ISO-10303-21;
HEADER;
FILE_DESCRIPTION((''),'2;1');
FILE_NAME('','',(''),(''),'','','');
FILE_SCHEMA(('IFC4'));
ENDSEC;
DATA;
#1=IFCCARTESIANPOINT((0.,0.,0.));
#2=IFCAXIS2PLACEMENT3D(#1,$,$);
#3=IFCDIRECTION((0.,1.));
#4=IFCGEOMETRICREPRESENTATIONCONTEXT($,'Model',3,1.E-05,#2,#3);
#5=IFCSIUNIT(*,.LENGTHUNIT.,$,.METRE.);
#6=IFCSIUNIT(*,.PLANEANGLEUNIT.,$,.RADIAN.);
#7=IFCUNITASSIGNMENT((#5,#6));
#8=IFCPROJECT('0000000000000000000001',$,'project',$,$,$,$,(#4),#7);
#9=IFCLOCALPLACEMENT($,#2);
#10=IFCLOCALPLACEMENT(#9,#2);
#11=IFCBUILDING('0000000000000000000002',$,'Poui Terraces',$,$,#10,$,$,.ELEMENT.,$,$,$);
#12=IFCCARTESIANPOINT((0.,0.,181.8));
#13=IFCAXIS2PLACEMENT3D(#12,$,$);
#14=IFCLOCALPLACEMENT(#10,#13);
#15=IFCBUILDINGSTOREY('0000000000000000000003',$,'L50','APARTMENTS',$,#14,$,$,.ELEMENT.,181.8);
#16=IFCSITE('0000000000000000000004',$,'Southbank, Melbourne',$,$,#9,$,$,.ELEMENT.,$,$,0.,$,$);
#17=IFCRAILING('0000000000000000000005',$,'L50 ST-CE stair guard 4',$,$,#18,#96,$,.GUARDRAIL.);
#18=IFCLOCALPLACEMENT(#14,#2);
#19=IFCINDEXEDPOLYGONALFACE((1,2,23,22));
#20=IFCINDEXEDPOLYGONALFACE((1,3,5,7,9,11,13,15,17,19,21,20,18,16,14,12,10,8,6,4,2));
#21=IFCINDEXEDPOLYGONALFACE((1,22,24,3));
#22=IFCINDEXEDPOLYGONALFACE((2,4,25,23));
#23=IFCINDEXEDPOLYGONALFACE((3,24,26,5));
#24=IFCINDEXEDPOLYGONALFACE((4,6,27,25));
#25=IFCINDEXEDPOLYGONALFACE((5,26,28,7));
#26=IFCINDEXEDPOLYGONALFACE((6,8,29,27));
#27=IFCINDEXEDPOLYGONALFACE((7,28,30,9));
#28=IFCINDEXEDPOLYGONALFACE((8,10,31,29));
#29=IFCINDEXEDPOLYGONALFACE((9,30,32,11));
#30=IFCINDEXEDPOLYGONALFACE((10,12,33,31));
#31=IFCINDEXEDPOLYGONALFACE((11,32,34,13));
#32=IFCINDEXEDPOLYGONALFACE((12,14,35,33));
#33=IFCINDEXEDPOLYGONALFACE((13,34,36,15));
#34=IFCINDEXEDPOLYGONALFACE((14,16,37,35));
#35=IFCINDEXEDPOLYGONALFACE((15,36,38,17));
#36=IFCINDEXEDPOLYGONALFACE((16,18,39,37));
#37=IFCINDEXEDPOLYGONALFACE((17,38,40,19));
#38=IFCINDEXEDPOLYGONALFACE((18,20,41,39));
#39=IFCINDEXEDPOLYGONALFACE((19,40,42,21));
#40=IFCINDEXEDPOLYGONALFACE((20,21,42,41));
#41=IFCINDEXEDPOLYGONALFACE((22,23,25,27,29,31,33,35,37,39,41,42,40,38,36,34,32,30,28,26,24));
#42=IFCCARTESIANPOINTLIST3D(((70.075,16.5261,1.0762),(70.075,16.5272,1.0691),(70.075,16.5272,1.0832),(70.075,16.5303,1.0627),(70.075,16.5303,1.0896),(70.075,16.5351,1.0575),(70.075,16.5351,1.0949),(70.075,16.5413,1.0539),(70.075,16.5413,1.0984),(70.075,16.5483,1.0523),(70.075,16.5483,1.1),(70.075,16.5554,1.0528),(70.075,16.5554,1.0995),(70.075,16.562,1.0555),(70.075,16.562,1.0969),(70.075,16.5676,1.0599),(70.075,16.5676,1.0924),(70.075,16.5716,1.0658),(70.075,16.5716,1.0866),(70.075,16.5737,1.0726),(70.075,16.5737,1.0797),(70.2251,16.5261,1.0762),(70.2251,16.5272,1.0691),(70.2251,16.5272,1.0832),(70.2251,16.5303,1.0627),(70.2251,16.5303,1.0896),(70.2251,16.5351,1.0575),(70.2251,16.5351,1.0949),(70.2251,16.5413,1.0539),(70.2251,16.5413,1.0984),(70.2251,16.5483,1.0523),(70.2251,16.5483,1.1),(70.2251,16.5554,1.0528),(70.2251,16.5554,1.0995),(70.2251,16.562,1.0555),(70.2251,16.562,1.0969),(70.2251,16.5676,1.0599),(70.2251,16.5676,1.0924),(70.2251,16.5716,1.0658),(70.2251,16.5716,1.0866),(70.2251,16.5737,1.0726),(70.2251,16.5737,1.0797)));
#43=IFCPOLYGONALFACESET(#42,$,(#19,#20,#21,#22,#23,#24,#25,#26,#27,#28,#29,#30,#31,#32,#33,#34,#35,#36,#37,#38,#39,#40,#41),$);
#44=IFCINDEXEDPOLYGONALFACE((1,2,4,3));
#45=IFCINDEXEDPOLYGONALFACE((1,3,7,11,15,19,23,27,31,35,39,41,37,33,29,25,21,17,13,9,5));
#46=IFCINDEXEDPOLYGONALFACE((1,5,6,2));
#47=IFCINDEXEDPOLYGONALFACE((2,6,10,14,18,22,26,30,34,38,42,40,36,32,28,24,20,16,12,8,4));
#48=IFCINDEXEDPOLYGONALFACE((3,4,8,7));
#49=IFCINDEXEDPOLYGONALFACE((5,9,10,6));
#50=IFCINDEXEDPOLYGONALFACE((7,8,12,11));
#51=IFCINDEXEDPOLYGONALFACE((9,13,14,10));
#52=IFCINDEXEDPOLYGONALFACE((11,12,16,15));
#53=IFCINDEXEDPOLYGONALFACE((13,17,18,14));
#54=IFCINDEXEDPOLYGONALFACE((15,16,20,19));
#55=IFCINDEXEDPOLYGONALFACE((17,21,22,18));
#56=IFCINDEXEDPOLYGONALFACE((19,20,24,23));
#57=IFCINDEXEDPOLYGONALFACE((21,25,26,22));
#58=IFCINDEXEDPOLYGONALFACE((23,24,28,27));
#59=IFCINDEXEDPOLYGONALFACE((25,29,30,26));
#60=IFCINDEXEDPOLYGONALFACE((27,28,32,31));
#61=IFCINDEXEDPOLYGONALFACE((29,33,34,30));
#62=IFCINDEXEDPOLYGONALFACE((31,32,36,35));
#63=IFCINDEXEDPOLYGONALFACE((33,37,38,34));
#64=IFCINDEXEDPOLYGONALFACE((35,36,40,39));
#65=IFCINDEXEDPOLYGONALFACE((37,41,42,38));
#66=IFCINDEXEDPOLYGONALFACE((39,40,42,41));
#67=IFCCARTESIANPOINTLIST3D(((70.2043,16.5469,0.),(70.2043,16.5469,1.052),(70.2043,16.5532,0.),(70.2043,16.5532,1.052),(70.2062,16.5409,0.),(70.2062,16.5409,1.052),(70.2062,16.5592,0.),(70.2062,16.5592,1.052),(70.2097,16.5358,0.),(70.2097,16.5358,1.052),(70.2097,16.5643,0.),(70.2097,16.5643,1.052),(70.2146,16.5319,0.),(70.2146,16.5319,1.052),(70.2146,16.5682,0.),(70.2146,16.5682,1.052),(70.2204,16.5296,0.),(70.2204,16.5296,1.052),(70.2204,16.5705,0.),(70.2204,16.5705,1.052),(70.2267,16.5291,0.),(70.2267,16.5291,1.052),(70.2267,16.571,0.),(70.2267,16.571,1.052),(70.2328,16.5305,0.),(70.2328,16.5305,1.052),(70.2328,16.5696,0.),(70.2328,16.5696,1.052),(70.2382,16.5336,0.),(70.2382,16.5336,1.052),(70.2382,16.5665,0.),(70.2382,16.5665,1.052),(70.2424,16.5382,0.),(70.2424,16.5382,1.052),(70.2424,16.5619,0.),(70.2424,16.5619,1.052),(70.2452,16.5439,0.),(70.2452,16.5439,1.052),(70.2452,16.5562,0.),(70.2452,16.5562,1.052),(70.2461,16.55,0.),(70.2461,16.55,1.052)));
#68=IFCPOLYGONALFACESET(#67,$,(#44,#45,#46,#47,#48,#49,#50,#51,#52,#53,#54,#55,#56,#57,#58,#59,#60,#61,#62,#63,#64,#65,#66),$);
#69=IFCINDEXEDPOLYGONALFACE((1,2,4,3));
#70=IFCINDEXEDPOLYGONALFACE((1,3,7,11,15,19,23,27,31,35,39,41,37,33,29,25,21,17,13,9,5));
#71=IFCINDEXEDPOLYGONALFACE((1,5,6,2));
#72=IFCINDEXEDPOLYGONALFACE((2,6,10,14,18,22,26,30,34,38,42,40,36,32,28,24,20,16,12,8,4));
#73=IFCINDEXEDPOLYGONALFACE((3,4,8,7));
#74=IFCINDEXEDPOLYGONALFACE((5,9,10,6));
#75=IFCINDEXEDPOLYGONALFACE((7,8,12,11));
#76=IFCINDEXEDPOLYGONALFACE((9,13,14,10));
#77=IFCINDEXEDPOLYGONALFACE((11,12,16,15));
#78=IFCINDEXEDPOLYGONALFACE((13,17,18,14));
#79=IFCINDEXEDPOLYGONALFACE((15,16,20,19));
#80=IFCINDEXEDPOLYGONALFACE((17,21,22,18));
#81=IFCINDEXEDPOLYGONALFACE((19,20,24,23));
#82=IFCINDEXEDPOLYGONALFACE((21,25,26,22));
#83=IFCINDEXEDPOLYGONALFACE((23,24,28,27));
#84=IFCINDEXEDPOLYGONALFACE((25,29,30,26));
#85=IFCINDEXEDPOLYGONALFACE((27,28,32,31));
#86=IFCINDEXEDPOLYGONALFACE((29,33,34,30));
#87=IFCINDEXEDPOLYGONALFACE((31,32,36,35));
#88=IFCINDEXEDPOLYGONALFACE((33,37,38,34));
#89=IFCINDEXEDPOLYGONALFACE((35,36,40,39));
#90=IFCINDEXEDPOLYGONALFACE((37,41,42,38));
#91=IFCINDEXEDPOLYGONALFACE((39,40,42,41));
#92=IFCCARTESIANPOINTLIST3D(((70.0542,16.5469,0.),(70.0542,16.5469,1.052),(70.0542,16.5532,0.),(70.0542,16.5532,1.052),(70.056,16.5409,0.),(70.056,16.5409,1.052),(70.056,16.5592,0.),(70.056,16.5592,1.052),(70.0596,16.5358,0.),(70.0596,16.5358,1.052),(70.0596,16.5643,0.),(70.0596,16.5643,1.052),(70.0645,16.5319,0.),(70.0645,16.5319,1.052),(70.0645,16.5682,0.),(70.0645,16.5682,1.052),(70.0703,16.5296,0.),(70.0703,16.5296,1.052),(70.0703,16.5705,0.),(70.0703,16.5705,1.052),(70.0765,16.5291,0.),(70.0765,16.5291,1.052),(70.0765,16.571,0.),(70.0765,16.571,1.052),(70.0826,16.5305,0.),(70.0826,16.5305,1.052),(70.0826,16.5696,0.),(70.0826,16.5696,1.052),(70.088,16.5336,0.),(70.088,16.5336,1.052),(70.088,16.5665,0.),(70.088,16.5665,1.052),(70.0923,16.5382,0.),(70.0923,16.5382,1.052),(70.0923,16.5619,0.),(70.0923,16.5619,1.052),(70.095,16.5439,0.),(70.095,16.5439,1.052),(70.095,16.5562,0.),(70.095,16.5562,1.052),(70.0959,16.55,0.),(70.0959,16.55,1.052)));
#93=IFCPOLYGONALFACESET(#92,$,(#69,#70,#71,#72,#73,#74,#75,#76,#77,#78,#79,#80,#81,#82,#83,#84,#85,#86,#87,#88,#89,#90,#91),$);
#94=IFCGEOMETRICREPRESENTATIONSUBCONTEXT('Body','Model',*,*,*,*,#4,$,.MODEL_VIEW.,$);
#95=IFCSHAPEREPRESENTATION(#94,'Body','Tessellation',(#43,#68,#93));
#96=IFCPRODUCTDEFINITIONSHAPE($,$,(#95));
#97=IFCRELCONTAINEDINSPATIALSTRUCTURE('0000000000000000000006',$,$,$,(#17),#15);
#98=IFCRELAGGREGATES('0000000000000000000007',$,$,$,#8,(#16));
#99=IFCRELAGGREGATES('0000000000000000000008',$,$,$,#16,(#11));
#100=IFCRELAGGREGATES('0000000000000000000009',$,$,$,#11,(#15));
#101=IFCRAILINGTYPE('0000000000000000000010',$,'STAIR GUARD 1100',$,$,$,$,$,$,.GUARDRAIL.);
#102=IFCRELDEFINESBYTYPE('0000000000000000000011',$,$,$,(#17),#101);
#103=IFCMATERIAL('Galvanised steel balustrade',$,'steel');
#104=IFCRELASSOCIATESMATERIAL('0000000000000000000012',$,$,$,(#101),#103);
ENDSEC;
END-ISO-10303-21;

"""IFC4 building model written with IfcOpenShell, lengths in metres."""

from ifc_helpers import new_model, si_unit, direction, frame, origin, origin_2d, place, context, subcontext, project, spatial, circle, extrude, material, type_object, element, save


model = new_model("IFC4")

# Units and contexts
model_context = context("Model", 3, precision=1e-05, world=origin(), true_north=direction((0.0, 1.0)))
body_context = subcontext(model_context, "Body", "Model", "MODEL_VIEW")
ifc_project = project(units=[si_unit("LENGTHUNIT", "METRE"), si_unit("PLANEANGLEUNIT", "RADIAN")], contexts=[model_context])

# Site, building, storey
site_placement = place(None, origin())
site = spatial("IfcSite", under=ifc_project, at=site_placement, Name="Southbank, Melbourne", CompositionType="ELEMENT", RefElevation=0.0)
building_placement = place(site_placement, origin())
building = spatial("IfcBuilding", under=site, at=building_placement, Name="Poui Terraces", CompositionType="ELEMENT")
storey_placement = place(building_placement, frame((0.0, 0.0, 181.8)))
storey = spatial("IfcBuildingStorey", under=building, at=storey_placement, Name="L50", Description="APARTMENTS", CompositionType="ELEMENT", Elevation=181.8)

# Railing
ifc_material_1 = material(Name="Galvanised steel balustrade", Category="steel")
railing_type_1 = type_object("IfcRailingType", Name="STAIR GUARD 1100", PredefinedType="GUARDRAIL", material=ifc_material_1)
railing_1_placement = place(storey_placement, frame((70.2251, 16.55, 0.0)))
element("IfcRailing", 1, at=railing_1_placement, inside=storey, type_object=railing_type_1, Name="L50 ST-CE stair guard 4", PredefinedType="GUARDRAIL", context=body_context, shape_type="SweptSolid", body=[
    extrude(circle(Radius=0.0239, at=origin_2d()), frame((0.0, 0.0, 1.0762), z_axis=(-1.0, 0.0, 0.0), x_axis=(0.0, -1.0, 0.0)), (0.0, 0.0, 1.0), 0.1501),
    extrude(circle(Radius=0.021, at=origin_2d()), origin(), (0.0, 0.0, 1.0), 1.052),
    extrude(circle(Radius=0.021, at=origin_2d()), frame((-0.1501, 0.0, 0.0)), (0.0, 0.0, 1.0), 1.052),
])

save(model, "model.ifc")
